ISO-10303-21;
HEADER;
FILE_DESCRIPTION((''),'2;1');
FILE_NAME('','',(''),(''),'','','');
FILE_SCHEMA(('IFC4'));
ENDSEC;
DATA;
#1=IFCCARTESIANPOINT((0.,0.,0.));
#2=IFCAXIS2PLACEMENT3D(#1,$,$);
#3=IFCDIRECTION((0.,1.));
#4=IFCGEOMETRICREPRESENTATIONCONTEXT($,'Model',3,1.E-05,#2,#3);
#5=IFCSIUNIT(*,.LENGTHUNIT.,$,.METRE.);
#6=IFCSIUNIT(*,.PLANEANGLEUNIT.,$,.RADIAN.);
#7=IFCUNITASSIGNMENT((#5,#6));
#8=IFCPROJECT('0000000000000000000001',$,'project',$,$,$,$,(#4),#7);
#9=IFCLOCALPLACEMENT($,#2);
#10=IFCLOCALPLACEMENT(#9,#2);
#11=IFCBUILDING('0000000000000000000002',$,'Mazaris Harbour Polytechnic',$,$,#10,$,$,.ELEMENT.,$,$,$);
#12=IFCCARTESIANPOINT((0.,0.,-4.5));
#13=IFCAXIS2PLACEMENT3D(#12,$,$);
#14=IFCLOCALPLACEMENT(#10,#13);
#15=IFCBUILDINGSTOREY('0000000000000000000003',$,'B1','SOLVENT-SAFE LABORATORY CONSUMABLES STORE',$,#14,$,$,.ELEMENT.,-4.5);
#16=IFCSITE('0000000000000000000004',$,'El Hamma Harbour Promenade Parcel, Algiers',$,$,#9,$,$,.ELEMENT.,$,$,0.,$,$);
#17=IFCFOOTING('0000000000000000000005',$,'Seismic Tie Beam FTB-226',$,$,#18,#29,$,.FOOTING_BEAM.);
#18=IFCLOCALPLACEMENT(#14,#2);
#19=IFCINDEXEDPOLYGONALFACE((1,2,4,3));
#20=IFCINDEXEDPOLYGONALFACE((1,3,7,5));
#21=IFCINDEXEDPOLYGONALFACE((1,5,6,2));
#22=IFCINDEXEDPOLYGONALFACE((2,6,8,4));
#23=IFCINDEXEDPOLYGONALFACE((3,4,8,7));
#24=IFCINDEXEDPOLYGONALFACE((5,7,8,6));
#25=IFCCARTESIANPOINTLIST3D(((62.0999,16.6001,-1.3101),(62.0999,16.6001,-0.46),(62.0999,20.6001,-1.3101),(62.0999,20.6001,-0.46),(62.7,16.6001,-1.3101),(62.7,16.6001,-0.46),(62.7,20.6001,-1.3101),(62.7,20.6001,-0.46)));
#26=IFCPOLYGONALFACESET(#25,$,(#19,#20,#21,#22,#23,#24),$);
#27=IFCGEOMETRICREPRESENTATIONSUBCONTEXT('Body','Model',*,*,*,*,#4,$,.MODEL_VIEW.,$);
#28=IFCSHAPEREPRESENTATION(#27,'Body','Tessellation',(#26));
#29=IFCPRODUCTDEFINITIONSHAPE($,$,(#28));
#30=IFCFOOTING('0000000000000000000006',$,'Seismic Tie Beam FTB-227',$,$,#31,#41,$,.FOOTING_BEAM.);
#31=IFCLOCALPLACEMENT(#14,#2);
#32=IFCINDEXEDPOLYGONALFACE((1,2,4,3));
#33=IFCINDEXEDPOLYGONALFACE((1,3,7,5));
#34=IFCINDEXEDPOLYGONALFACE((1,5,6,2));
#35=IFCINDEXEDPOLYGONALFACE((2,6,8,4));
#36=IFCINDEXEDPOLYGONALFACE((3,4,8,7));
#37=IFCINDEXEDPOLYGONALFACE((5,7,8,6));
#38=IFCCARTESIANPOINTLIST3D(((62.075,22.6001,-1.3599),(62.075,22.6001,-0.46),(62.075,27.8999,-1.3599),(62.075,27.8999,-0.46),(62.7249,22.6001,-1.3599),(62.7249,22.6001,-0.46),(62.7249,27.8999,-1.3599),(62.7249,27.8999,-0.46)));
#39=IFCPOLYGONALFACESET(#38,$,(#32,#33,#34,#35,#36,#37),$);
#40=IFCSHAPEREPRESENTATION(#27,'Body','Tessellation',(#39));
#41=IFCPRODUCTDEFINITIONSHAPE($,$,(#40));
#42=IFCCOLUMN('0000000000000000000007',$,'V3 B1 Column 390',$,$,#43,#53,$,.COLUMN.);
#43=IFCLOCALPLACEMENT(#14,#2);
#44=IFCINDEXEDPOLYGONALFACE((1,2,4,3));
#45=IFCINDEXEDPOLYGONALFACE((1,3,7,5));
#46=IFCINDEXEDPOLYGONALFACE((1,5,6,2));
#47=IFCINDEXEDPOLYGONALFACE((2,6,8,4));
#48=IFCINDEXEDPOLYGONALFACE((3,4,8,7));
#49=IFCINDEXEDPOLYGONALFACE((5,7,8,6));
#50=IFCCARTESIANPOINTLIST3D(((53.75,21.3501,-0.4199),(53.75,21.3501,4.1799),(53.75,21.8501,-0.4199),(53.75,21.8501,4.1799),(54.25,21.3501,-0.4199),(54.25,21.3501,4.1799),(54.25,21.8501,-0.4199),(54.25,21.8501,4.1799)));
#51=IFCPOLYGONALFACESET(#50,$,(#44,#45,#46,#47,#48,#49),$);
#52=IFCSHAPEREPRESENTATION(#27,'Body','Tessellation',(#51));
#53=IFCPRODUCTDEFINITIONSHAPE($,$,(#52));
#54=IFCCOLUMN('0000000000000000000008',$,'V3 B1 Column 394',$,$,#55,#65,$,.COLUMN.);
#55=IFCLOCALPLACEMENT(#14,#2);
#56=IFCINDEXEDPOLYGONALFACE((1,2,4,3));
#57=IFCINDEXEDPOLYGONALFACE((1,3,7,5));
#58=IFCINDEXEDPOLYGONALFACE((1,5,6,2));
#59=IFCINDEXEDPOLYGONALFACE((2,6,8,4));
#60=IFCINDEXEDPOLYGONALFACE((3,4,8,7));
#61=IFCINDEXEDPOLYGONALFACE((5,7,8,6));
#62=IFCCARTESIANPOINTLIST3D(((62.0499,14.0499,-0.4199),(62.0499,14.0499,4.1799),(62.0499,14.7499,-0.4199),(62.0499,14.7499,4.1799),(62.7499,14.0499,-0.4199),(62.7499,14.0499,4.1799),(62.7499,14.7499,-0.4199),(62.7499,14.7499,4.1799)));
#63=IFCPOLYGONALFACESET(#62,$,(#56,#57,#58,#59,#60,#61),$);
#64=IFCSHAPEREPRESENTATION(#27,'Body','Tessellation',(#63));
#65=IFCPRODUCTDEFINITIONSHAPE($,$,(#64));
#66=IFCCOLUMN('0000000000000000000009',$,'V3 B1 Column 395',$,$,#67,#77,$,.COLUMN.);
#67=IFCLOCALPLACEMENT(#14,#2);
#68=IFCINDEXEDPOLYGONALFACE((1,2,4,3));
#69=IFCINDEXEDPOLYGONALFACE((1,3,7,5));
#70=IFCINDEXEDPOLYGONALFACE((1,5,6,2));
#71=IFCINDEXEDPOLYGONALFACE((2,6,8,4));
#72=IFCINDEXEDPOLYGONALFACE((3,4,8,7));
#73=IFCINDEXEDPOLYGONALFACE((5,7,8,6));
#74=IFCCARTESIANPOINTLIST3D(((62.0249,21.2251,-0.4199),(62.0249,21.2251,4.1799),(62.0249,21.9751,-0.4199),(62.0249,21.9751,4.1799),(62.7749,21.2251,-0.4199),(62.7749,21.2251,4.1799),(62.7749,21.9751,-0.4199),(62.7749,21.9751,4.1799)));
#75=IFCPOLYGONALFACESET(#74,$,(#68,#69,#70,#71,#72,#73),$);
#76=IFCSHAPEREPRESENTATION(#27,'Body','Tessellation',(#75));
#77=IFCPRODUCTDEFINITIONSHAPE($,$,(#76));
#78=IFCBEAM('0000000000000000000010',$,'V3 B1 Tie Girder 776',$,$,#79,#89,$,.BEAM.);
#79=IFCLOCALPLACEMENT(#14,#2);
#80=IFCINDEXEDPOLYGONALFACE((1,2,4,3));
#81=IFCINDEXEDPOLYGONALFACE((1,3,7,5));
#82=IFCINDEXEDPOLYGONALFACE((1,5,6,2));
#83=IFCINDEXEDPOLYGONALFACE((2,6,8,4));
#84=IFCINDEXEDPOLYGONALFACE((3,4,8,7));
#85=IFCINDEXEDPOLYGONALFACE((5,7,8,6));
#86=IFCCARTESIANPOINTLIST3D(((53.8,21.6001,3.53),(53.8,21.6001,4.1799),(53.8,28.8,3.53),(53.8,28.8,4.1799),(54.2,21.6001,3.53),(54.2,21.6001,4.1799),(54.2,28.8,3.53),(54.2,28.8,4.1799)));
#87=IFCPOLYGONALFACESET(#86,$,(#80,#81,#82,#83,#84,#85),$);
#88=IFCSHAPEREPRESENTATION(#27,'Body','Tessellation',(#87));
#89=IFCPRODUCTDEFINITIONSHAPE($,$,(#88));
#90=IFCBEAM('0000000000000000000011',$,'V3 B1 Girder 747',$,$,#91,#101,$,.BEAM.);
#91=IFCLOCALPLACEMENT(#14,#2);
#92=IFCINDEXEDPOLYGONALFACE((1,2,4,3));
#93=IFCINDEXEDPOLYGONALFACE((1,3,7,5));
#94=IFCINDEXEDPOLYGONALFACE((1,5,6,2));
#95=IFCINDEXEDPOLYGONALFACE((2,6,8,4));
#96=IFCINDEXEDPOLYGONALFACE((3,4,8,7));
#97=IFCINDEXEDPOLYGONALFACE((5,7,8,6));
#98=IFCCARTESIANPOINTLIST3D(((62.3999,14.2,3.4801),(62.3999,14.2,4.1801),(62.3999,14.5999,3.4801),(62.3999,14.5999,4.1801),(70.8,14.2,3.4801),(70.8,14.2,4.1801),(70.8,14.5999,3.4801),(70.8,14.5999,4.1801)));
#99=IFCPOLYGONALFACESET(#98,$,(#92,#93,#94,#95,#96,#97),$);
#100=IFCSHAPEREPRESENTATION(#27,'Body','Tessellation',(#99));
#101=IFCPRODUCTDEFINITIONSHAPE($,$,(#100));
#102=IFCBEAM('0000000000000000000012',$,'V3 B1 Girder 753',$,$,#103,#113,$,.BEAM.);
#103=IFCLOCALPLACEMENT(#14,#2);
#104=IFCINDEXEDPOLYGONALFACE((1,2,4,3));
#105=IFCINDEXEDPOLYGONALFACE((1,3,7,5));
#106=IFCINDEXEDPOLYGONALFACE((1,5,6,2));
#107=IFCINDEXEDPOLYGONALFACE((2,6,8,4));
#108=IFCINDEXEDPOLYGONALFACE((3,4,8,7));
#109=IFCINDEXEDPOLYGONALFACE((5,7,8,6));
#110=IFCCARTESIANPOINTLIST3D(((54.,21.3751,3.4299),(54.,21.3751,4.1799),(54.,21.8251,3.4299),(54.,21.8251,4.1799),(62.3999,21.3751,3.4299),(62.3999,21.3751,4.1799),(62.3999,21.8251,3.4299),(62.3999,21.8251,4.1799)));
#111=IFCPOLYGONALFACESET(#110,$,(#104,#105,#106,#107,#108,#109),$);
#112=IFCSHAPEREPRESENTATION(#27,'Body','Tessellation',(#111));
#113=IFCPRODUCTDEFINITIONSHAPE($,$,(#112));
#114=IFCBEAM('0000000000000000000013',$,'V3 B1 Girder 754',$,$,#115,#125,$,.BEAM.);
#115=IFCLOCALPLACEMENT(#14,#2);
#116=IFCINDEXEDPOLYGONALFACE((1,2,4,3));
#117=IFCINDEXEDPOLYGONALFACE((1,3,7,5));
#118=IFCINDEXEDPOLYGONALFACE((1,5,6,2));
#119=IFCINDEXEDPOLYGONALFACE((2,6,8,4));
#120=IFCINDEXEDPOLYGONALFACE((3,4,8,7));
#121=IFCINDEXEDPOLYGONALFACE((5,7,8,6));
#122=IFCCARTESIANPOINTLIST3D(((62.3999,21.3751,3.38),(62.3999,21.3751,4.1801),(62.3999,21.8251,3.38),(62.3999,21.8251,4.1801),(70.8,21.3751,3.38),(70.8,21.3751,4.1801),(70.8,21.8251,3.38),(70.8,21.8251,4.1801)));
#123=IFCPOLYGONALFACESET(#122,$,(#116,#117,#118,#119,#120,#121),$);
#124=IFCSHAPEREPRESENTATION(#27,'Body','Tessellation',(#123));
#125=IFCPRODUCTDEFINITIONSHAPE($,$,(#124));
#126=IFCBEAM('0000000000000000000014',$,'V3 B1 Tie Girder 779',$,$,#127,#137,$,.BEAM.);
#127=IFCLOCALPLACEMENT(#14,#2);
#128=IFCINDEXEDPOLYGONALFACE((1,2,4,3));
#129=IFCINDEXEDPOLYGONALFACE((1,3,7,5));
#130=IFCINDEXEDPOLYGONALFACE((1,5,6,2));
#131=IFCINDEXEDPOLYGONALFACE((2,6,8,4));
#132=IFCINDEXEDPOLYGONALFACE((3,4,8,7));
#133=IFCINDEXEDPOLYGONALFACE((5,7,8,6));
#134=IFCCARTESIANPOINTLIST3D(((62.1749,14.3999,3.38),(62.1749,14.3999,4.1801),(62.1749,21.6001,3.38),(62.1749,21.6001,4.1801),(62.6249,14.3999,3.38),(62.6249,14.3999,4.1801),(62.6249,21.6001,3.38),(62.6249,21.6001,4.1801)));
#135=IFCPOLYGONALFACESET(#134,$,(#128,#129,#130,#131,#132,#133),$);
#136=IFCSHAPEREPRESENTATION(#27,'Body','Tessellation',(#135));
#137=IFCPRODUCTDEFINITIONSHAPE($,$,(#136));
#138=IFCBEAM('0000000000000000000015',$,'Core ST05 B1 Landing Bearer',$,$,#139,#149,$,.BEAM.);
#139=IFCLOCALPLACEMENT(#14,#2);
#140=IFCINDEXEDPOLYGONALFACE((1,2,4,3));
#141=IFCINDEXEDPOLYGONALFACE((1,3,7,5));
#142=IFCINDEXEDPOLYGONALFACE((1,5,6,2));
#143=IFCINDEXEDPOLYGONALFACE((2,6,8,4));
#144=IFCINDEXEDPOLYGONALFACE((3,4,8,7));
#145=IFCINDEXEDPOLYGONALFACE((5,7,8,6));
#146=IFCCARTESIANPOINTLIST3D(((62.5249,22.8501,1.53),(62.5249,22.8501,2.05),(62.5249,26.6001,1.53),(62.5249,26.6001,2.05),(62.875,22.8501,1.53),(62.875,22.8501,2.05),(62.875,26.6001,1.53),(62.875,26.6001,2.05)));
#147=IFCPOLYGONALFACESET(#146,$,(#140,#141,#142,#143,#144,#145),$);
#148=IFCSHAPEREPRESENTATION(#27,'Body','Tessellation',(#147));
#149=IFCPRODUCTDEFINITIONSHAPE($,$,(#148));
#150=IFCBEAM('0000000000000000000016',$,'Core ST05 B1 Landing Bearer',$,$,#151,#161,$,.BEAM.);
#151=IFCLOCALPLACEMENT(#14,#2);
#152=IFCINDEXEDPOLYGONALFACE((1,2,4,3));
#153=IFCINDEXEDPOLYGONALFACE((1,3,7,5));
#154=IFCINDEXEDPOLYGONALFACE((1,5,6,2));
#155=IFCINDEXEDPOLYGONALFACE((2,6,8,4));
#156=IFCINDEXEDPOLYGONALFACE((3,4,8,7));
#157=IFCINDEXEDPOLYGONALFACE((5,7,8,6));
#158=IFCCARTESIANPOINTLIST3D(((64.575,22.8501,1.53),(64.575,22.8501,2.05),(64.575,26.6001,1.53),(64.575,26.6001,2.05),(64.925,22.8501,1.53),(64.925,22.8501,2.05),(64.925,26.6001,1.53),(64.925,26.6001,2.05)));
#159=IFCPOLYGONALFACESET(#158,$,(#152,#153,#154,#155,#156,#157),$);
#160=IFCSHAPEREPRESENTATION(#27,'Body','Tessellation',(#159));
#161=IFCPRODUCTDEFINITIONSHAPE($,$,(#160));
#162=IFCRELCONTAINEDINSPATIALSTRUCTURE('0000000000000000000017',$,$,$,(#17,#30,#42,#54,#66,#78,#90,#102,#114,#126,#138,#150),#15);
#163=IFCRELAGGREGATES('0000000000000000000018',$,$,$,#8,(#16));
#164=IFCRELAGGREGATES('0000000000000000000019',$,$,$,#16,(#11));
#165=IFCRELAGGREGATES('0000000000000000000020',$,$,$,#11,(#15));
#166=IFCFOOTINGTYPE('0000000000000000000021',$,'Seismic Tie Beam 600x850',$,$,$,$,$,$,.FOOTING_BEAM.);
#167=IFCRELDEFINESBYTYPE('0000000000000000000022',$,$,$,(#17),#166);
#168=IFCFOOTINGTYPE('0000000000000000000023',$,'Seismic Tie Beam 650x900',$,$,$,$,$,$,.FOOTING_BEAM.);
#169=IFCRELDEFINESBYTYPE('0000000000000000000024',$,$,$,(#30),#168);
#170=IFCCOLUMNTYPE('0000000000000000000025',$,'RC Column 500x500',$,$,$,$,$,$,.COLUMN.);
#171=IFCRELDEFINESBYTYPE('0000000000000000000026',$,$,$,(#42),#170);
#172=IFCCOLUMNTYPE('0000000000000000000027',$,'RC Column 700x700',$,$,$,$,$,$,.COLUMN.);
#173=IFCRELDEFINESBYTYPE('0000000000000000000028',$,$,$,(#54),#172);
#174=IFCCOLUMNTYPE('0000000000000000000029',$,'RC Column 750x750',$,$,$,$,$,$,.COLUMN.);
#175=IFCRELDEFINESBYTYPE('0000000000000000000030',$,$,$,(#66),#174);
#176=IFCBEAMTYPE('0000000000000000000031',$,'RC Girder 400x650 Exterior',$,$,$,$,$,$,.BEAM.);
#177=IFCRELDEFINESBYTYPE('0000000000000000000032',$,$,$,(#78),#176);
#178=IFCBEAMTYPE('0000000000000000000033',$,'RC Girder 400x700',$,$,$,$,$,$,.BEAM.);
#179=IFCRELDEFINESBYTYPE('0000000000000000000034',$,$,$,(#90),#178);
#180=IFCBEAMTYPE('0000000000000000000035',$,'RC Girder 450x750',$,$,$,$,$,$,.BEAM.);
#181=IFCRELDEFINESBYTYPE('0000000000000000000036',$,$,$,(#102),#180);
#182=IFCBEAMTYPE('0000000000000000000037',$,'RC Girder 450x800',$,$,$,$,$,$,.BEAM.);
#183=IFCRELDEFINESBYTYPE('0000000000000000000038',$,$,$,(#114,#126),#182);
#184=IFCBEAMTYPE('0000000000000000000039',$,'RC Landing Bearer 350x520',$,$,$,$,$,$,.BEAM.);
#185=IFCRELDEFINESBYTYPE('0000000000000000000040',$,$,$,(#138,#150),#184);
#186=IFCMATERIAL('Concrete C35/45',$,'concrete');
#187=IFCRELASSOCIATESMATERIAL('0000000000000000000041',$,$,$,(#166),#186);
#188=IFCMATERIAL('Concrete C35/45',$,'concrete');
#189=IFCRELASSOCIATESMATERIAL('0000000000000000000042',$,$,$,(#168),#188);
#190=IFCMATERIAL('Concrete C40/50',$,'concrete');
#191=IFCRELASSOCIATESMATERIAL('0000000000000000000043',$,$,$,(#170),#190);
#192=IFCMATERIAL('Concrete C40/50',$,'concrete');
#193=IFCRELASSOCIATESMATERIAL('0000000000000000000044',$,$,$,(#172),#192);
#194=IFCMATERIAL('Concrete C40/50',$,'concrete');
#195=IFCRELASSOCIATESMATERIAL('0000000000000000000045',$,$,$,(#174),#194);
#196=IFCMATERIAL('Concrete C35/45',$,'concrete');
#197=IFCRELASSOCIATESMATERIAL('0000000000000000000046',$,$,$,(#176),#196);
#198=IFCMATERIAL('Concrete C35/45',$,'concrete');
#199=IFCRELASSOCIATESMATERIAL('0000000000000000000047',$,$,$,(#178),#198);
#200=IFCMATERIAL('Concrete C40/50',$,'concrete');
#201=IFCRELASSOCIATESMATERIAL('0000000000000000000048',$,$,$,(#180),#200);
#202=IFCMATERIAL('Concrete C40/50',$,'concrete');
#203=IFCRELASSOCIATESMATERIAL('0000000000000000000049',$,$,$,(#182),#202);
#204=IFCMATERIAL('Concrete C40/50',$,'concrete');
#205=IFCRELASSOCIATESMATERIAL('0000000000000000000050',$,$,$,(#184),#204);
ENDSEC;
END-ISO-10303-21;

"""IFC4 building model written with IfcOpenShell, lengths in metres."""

from ifc_helpers import new_model, si_unit, direction, frame, origin, origin_2d, place, context, subcontext, project, spatial, rectangle, extrude, material, material_profile, profile_set, type_object, element, save


model = new_model("IFC4")

# Units and contexts
model_context = context("Model", 3, precision=1e-05, world=origin(), true_north=direction((0.0, 1.0)))
body_context = subcontext(model_context, "Body", "Model", "MODEL_VIEW")
ifc_project = project(units=[si_unit("LENGTHUNIT", "METRE"), si_unit("PLANEANGLEUNIT", "RADIAN")], contexts=[model_context])

# Site, building, storey
site_placement = place(None, origin())
site = spatial("IfcSite", under=ifc_project, at=site_placement, Name="El Hamma Harbour Promenade Parcel, Algiers", CompositionType="ELEMENT", RefElevation=0.0)
building_placement = place(site_placement, origin())
building = spatial("IfcBuilding", under=site, at=building_placement, Name="Mazaris Harbour Polytechnic", CompositionType="ELEMENT")
storey_placement = place(building_placement, frame((0.0, 0.0, -4.5)))
storey = spatial("IfcBuildingStorey", under=building, at=storey_placement, Name="B1", Description="SOLVENT-SAFE LABORATORY CONSUMABLES STORE", CompositionType="ELEMENT", Elevation=-4.5)

# Footings
ifc_material_1 = material(Name="Concrete C35/45", Category="concrete")
ifc_material_profile_1 = material_profile(ifc_material_1, rectangle(XDim=0.6001, YDim=0.8501, at=origin_2d()), Name="RECT600x850")
ifc_profile_set_1 = profile_set([ifc_material_profile_1], Name="Concrete C35/45")
footing_type_1 = type_object("IfcFootingType", Name="Seismic Tie Beam 600x850", PredefinedType="FOOTING_BEAM", material=ifc_profile_set_1)
footing_1_placement = place(storey_placement, frame((62.3999, 16.6001, -0.885), z_axis=(0.0, 1.0, 0.0), x_axis=(-1.0, 0.0, 0.0)))
element("IfcFooting", 1, at=footing_1_placement, inside=storey, type_object=footing_type_1, Name="Seismic Tie Beam FTB-226", PredefinedType="FOOTING_BEAM", context=body_context, shape_type="SweptSolid", body=[
    extrude(rectangle(XDim=0.6001, YDim=0.8501, at=origin_2d()), origin(), (0.0, 0.0, 1.0), 4.0),
])
ifc_material_2 = material(Name="Concrete C35/45", Category="concrete")
ifc_material_profile_2 = material_profile(ifc_material_2, rectangle(XDim=0.6499, YDim=0.8999, at=origin_2d()), Name="RECT650x900")
ifc_profile_set_2 = profile_set([ifc_material_profile_2], Name="Concrete C35/45")
footing_type_2 = type_object("IfcFootingType", Name="Seismic Tie Beam 650x900", PredefinedType="FOOTING_BEAM", material=ifc_profile_set_2)
footing_2_placement = place(storey_placement, frame((62.3999, 22.6001, -0.9099), z_axis=(0.0, 1.0, 0.0), x_axis=(-1.0, 0.0, 0.0)))
element("IfcFooting", 2, at=footing_2_placement, inside=storey, type_object=footing_type_2, Name="Seismic Tie Beam FTB-227", PredefinedType="FOOTING_BEAM", context=body_context, shape_type="SweptSolid", body=[
    extrude(rectangle(XDim=0.6499, YDim=0.8999, at=origin_2d()), origin(), (0.0, 0.0, 1.0), 5.2998),
])

# Columns
ifc_material_3 = material(Name="Concrete C40/50", Category="concrete")
ifc_material_profile_3 = material_profile(ifc_material_3, rectangle(XDim=0.5, YDim=0.5, at=origin_2d()), Name="RECT500x500")
ifc_profile_set_3 = profile_set([ifc_material_profile_3], Name="Concrete C40/50")
column_type_1 = type_object("IfcColumnType", Name="RC Column 500x500", PredefinedType="COLUMN", material=ifc_profile_set_3)
column_1_placement = place(storey_placement, frame((54.0, 21.6001, -0.4199), z_axis=(0.0, 0.0, 1.0), x_axis=(1.0, 0.0, 0.0)))
element("IfcColumn", 3, at=column_1_placement, inside=storey, type_object=column_type_1, Name="V3 B1 Column 390", PredefinedType="COLUMN", context=body_context, shape_type="SweptSolid", body=[
    extrude(rectangle(XDim=0.5, YDim=0.5, at=origin_2d()), origin(), (0.0, 0.0, 1.0), 4.5999),
])
ifc_material_4 = material(Name="Concrete C40/50", Category="concrete")
ifc_material_profile_4 = material_profile(ifc_material_4, rectangle(XDim=0.7, YDim=0.7, at=origin_2d()), Name="RECT700x700")
ifc_profile_set_4 = profile_set([ifc_material_profile_4], Name="Concrete C40/50")
column_type_2 = type_object("IfcColumnType", Name="RC Column 700x700", PredefinedType="COLUMN", material=ifc_profile_set_4)
column_2_placement = place(storey_placement, frame((62.3999, 14.3999, -0.4199), z_axis=(0.0, 0.0, 1.0), x_axis=(1.0, 0.0, 0.0)))
element("IfcColumn", 4, at=column_2_placement, inside=storey, type_object=column_type_2, Name="V3 B1 Column 394", PredefinedType="COLUMN", context=body_context, shape_type="SweptSolid", body=[
    extrude(rectangle(XDim=0.7, YDim=0.7, at=origin_2d()), origin(), (0.0, 0.0, 1.0), 4.5999),
])
ifc_material_5 = material(Name="Concrete C40/50", Category="concrete")
ifc_material_profile_5 = material_profile(ifc_material_5, rectangle(XDim=0.75, YDim=0.75, at=origin_2d()), Name="RECT750x750")
ifc_profile_set_5 = profile_set([ifc_material_profile_5], Name="Concrete C40/50")
column_type_3 = type_object("IfcColumnType", Name="RC Column 750x750", PredefinedType="COLUMN", material=ifc_profile_set_5)
column_3_placement = place(storey_placement, frame((62.3999, 21.6001, -0.4199), z_axis=(0.0, 0.0, 1.0), x_axis=(1.0, 0.0, 0.0)))
element("IfcColumn", 5, at=column_3_placement, inside=storey, type_object=column_type_3, Name="V3 B1 Column 395", PredefinedType="COLUMN", context=body_context, shape_type="SweptSolid", body=[
    extrude(rectangle(XDim=0.75, YDim=0.75, at=origin_2d()), origin(), (0.0, 0.0, 1.0), 4.5999),
])

# Beams
ifc_material_6 = material(Name="Concrete C35/45", Category="concrete")
ifc_material_profile_6 = material_profile(ifc_material_6, rectangle(XDim=0.3999, YDim=0.6499, at=origin_2d()), Name="RECT400x650")
ifc_profile_set_6 = profile_set([ifc_material_profile_6], Name="Concrete C35/45")
beam_type_1 = type_object("IfcBeamType", Name="RC Girder 400x650 Exterior", PredefinedType="BEAM", material=ifc_profile_set_6)
beam_1_placement = place(storey_placement, frame((54.0, 21.6001, 3.855), z_axis=(0.0, 1.0, 0.0), x_axis=(-1.0, 0.0, 0.0)))
element("IfcBeam", 6, at=beam_1_placement, inside=storey, type_object=beam_type_1, Name="V3 B1 Tie Girder 776", PredefinedType="BEAM", context=body_context, shape_type="SweptSolid", body=[
    extrude(rectangle(XDim=0.3999, YDim=0.6499, at=origin_2d()), origin(), (0.0, 0.0, 1.0), 7.2),
])
ifc_material_7 = material(Name="Concrete C35/45", Category="concrete")
ifc_material_profile_7 = material_profile(ifc_material_7, rectangle(XDim=0.3999, YDim=0.7, at=origin_2d()), Name="RECT400x700")
ifc_profile_set_7 = profile_set([ifc_material_profile_7], Name="Concrete C35/45")
beam_type_2 = type_object("IfcBeamType", Name="RC Girder 400x700", PredefinedType="BEAM", material=ifc_profile_set_7)
beam_2_placement = place(storey_placement, frame((62.3999, 14.3999, 3.8301), z_axis=(1.0, 0.0, 0.0), x_axis=(0.0, 1.0, 0.0)))
element("IfcBeam", 7, at=beam_2_placement, inside=storey, type_object=beam_type_2, Name="V3 B1 Girder 747", PredefinedType="BEAM", context=body_context, shape_type="SweptSolid", body=[
    extrude(rectangle(XDim=0.3999, YDim=0.7, at=origin_2d()), origin(), (0.0, 0.0, 1.0), 8.4001),
])
ifc_material_8 = material(Name="Concrete C40/50", Category="concrete")
ifc_material_profile_8 = material_profile(ifc_material_8, rectangle(XDim=0.45, YDim=0.75, at=origin_2d()), Name="RECT450x750")
ifc_profile_set_8 = profile_set([ifc_material_profile_8], Name="Concrete C40/50")
beam_type_3 = type_object("IfcBeamType", Name="RC Girder 450x750", PredefinedType="BEAM", material=ifc_profile_set_8)
beam_3_placement = place(storey_placement, frame((54.0, 21.6001, 3.8049), z_axis=(1.0, 0.0, 0.0), x_axis=(0.0, 1.0, 0.0)))
element("IfcBeam", 8, at=beam_3_placement, inside=storey, type_object=beam_type_3, Name="V3 B1 Girder 753", PredefinedType="BEAM", context=body_context, shape_type="SweptSolid", body=[
    extrude(rectangle(XDim=0.45, YDim=0.75, at=origin_2d()), origin(), (0.0, 0.0, 1.0), 8.3999),
])
ifc_material_9 = material(Name="Concrete C40/50", Category="concrete")
ifc_material_profile_9 = material_profile(ifc_material_9, rectangle(XDim=0.45, YDim=0.8, at=origin_2d()), Name="RECT450x800")
ifc_profile_set_9 = profile_set([ifc_material_profile_9], Name="Concrete C40/50")
beam_type_4 = type_object("IfcBeamType", Name="RC Girder 450x800", PredefinedType="BEAM", material=ifc_profile_set_9)
beam_4_placement = place(storey_placement, frame((62.3999, 21.6001, 3.78), z_axis=(1.0, 0.0, 0.0), x_axis=(0.0, 1.0, 0.0)))
element("IfcBeam", 9, at=beam_4_placement, inside=storey, type_object=beam_type_4, Name="V3 B1 Girder 754", PredefinedType="BEAM", context=body_context, shape_type="SweptSolid", body=[
    extrude(rectangle(XDim=0.45, YDim=0.8, at=origin_2d()), origin(), (0.0, 0.0, 1.0), 8.4001),
])
beam_5_placement = place(storey_placement, frame((62.3999, 14.3999, 3.78), z_axis=(0.0, 1.0, 0.0), x_axis=(-1.0, 0.0, 0.0)))
element("IfcBeam", 10, at=beam_5_placement, inside=storey, type_object=beam_type_4, Name="V3 B1 Tie Girder 779", PredefinedType="BEAM", context=body_context, shape_type="SweptSolid", body=[
    extrude(rectangle(XDim=0.45, YDim=0.8, at=origin_2d()), origin(), (0.0, 0.0, 1.0), 7.2002),
])
ifc_material_10 = material(Name="Concrete C40/50", Category="concrete")
ifc_material_profile_10 = material_profile(ifc_material_10, rectangle(XDim=0.3501, YDim=0.52, at=origin_2d()), Name="RECT350x520")
ifc_profile_set_10 = profile_set([ifc_material_profile_10], Name="Concrete C40/50")
beam_type_5 = type_object("IfcBeamType", Name="RC Landing Bearer 350x520", PredefinedType="BEAM", material=ifc_profile_set_10)
for number, where, z_axis, x_axis, name in (
    (11, (62.7, 22.8501, 1.79), (0.0, 1.0, 0.0), (-1.0, 0.0, 0.0), "Core ST05 B1 Landing Bearer"),
    (12, (64.75, 22.8501, 1.79), (0.0, 1.0, 0.0), (-1.0, 0.0, 0.0), "Core ST05 B1 Landing Bearer"),
):
    element("IfcBeam", number, at=place(storey_placement, frame(where, z_axis=z_axis, x_axis=x_axis)), inside=storey, type_object=beam_type_5, Name=name, PredefinedType="BEAM", context=body_context, shape_type="SweptSolid", body=[
        extrude(rectangle(XDim=0.3501, YDim=0.52, at=origin_2d()), origin(), (0.0, 0.0, 1.0), 3.75),
    ])

save(model, "model.ifc")
